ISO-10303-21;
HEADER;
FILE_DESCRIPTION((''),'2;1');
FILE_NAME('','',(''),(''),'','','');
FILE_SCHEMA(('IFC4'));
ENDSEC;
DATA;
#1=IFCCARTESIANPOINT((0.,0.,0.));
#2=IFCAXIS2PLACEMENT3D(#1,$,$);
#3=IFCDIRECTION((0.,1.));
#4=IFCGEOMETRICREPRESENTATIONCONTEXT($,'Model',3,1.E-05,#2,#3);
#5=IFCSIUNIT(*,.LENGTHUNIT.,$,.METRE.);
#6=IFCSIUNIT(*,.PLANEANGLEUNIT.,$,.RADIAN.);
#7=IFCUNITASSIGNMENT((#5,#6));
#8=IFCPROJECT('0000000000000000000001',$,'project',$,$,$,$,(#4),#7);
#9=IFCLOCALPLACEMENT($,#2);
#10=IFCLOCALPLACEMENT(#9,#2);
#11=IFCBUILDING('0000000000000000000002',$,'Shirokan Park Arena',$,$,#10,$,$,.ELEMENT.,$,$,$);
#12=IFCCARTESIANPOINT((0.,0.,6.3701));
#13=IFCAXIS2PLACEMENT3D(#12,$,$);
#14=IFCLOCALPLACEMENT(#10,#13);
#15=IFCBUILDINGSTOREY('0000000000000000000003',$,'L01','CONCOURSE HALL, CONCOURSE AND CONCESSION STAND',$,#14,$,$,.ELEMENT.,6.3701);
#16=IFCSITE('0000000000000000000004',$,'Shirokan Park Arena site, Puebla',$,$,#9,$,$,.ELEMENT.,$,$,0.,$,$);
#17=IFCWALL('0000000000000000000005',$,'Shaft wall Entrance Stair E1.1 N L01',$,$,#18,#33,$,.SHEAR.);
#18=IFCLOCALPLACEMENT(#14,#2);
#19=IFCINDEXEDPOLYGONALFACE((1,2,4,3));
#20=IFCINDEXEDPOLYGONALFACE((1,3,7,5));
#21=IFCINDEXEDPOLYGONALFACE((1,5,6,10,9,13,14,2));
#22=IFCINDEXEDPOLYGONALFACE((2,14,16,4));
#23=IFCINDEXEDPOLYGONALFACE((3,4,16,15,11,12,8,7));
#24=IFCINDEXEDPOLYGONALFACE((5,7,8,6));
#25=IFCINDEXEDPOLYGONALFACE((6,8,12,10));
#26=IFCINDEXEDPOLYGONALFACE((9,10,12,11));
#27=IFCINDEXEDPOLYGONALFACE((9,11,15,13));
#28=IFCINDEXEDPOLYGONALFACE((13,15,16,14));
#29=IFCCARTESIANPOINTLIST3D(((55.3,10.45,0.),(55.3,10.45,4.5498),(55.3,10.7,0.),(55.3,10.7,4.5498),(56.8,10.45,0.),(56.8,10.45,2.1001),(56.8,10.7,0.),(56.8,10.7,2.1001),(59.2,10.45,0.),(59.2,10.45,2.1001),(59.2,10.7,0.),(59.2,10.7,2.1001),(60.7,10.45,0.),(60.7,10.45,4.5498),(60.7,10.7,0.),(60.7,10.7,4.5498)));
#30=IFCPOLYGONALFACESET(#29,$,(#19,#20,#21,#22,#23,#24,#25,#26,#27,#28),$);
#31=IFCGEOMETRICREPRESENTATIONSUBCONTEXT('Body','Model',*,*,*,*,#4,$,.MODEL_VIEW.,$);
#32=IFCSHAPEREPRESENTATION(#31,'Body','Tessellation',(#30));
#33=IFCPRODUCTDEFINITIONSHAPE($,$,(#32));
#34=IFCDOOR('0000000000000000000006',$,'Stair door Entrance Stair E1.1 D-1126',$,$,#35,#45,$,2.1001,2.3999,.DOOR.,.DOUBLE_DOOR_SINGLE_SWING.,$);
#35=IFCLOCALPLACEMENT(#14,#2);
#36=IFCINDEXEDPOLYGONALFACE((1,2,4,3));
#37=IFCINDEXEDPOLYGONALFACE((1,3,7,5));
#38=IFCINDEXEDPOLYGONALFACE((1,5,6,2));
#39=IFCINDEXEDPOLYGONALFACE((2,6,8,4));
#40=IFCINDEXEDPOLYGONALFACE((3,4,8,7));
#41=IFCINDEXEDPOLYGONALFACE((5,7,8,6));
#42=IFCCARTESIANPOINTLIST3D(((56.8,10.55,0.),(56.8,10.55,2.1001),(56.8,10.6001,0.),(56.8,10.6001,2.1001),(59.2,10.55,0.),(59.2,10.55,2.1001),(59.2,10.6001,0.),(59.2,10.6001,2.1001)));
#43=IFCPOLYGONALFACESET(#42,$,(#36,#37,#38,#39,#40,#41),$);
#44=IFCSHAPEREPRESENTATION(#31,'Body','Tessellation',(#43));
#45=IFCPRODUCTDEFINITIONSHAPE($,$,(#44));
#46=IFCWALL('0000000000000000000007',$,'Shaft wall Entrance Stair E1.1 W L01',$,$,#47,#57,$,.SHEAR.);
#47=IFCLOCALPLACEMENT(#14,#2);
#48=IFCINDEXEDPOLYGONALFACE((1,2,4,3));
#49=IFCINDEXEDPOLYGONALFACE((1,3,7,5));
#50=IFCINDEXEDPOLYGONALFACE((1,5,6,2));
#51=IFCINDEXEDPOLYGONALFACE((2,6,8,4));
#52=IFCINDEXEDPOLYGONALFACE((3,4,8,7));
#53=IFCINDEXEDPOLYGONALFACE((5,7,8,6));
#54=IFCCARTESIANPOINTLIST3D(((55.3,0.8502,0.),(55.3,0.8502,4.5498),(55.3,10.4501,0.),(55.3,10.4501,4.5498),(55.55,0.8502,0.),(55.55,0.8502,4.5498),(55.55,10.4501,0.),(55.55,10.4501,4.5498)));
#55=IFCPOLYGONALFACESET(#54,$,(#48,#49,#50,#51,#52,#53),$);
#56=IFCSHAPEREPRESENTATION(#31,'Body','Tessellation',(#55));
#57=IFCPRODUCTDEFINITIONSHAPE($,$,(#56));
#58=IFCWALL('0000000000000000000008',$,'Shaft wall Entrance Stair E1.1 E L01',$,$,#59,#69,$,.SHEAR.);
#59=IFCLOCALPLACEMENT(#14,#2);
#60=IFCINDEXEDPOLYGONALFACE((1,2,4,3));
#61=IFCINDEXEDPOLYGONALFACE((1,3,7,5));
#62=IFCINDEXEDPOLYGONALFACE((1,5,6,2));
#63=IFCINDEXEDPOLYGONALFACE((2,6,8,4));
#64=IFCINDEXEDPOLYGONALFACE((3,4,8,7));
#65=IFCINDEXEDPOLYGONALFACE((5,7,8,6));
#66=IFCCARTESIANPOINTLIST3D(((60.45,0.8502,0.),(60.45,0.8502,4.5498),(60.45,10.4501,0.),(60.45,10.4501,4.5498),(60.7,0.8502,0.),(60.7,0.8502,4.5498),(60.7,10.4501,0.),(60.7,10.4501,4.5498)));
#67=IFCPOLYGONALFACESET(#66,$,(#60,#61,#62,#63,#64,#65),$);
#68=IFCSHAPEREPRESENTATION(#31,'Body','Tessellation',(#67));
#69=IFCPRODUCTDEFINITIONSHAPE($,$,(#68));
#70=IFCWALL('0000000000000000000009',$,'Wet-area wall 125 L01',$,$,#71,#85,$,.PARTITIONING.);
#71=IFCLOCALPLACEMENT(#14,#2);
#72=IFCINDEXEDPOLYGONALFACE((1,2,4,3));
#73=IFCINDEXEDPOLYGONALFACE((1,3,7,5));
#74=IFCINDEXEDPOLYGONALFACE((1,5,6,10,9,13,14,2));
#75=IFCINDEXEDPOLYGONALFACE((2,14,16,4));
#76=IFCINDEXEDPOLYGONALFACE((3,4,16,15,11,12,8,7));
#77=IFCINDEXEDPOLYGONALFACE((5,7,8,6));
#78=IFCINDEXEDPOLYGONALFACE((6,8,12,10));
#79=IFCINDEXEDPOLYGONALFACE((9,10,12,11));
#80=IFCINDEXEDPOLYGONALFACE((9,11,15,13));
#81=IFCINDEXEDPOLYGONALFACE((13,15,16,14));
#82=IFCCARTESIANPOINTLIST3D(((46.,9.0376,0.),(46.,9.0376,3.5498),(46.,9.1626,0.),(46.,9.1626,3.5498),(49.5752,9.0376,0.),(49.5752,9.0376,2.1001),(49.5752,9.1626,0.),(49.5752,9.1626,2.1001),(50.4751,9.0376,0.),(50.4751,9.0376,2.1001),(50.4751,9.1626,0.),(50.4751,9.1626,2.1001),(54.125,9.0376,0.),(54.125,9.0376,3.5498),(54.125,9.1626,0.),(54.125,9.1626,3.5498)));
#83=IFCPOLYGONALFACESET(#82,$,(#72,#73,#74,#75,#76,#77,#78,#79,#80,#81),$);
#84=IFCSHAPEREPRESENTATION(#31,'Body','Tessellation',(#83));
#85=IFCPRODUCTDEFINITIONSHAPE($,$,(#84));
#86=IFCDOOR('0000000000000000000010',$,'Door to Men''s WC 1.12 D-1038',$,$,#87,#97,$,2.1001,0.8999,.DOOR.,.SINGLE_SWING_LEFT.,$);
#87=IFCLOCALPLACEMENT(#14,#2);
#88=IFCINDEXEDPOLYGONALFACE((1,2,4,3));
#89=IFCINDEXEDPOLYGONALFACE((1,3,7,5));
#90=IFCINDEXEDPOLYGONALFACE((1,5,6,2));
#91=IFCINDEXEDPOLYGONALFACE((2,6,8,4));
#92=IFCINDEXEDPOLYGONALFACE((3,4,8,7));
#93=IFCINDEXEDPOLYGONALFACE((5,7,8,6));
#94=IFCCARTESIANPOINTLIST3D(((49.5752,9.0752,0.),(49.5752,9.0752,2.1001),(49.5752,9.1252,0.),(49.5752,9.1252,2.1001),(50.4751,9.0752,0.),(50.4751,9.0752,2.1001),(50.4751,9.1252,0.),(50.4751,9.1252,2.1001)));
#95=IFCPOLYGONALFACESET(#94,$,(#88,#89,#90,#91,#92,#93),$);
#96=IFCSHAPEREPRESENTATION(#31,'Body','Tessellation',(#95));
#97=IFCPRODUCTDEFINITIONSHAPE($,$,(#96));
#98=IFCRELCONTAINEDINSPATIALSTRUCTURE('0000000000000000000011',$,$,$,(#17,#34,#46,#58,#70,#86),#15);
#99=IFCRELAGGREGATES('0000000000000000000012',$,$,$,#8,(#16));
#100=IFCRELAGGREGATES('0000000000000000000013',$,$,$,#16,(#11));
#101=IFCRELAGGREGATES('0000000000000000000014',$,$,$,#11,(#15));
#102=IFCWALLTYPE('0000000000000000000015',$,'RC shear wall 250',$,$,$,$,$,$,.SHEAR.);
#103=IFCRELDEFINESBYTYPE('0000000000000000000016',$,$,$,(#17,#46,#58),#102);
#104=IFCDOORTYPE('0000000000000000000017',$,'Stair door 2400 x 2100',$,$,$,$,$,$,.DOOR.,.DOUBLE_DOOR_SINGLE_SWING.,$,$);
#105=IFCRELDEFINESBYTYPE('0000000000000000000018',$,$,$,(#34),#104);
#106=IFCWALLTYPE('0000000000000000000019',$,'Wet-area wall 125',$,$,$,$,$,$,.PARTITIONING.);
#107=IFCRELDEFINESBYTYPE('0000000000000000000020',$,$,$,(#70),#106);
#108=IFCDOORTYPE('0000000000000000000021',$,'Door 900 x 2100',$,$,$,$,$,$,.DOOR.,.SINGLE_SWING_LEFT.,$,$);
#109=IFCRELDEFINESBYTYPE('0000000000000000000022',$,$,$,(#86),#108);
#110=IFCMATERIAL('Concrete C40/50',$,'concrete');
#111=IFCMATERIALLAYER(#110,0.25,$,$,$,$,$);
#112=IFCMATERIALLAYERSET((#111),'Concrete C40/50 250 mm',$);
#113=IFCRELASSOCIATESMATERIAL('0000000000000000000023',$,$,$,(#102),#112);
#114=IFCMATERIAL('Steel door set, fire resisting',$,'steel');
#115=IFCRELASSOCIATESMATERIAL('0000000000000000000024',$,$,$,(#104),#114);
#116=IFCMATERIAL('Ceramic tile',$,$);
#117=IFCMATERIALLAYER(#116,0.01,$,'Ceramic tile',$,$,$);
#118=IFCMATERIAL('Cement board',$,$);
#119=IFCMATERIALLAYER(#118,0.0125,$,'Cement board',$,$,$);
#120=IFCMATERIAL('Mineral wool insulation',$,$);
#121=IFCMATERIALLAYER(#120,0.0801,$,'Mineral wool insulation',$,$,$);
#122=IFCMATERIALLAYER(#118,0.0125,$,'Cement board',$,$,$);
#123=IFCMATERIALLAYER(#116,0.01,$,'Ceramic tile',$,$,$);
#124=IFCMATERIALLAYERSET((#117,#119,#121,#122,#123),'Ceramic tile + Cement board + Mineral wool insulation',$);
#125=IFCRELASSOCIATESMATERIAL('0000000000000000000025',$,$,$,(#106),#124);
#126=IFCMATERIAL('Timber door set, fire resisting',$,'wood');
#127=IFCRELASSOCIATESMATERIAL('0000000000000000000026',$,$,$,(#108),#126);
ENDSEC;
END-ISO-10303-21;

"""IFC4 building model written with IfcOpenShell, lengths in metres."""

from ifc_helpers import new_model, si_unit, direction, frame, frame_2d, origin, place, context, subcontext, project, spatial, rectangle, extrude, material, layer, layer_set, type_object, element, fill, save


model = new_model("IFC4")

# Units and contexts
model_context = context("Model", 3, precision=1e-05, world=origin(), true_north=direction((0.0, 1.0)))
body_context = subcontext(model_context, "Body", "Model", "MODEL_VIEW")
ifc_project = project(units=[si_unit("LENGTHUNIT", "METRE"), si_unit("PLANEANGLEUNIT", "RADIAN")], contexts=[model_context])

# Site, building, storey
site_placement = place(None, origin())
site = spatial("IfcSite", under=ifc_project, at=site_placement, Name="Shirokan Park Arena site, Puebla", CompositionType="ELEMENT", RefElevation=0.0)
building_placement = place(site_placement, origin())
building = spatial("IfcBuilding", under=site, at=building_placement, Name="Shirokan Park Arena", CompositionType="ELEMENT")
storey_placement = place(building_placement, frame((0.0, 0.0, 6.3701)))
storey = spatial("IfcBuildingStorey", under=building, at=storey_placement, Name="L01", Description="CONCOURSE HALL, CONCOURSE AND CONCESSION STAND", CompositionType="ELEMENT", Elevation=6.3701)

# Shared definitions
ifc_material_1 = material(Name="Mineral wool insulation")

# Wall, opening, door
ifc_material_2 = material(Name="Concrete C40/50", Category="concrete")
ifc_layer_1 = layer(ifc_material_2, 0.25)
ifc_layer_set_1 = layer_set([ifc_layer_1], Name="Concrete C40/50 250 mm")
wall_type_1 = type_object("IfcWallType", Name="RC shear wall 250", PredefinedType="SHEAR", material=ifc_layer_set_1)
wall_1_placement = place(storey_placement, frame((60.7, 10.575, 0.0), z_axis=(0.0, 0.0, 1.0), x_axis=(-1.0, 0.0, 0.0)))
wall_1 = element("IfcWall", 1, at=wall_1_placement, inside=storey, type_object=wall_type_1, Name="Shaft wall Entrance Stair E1.1 N L01", PredefinedType="SHEAR", context=body_context, shape_type="SweptSolid", body=[
    extrude(rectangle(XDim=5.3999, YDim=0.25, at=frame_2d((2.7, 0.0))), origin(), (0.0, 0.0, 1.0), 4.5498),
])
opening_1_placement = place(wall_1_placement, frame((1.5, 0.0, 0.0)))
opening_1 = element("IfcOpeningElement", 2, at=opening_1_placement, cuts=wall_1, PredefinedType="OPENING", context=body_context, shape_type="SweptSolid", body=[
    extrude(rectangle(XDim=2.3999, YDim=2.1001, at=frame_2d((1.2, 1.05))), frame((0.0, 0.135, 0.0), z_axis=(0.0, -1.0, 0.0), x_axis=(1.0, 0.0, 0.0)), (0.0, 0.0, 1.0), 0.27),
])
ifc_material_3 = material(Name="Steel door set, fire resisting", Category="steel")
door_type_1 = type_object("IfcDoorType", Name="Stair door 2400 x 2100", OperationType="DOUBLE_DOOR_SINGLE_SWING", PredefinedType="DOOR", material=ifc_material_3)
door_1_placement = place(opening_1_placement, origin())
door_1 = element("IfcDoor", 3, at=door_1_placement, inside=storey, type_object=door_type_1, Name="Stair door Entrance Stair E1.1 D-1126", OperationType="DOUBLE_DOOR_SINGLE_SWING", OverallHeight=2.1001, OverallWidth=2.3999, PredefinedType="DOOR", context=body_context, shape_type="SweptSolid", body=[
    extrude(rectangle(XDim=2.3999, YDim=2.1001, at=frame_2d((1.2, 1.05))), frame((0.0, 0.0249, 0.0), z_axis=(0.0, -1.0, 0.0), x_axis=(1.0, 0.0, 0.0)), (0.0, 0.0, 1.0), 0.05),
])
fill(opening_1, door_1)

# Walls
for number, where, z_axis, x_axis, name in (
    (4, (55.425, 10.45, 0.0), (0.0, 0.0, 1.0), (0.0, -1.0, 0.0), "Shaft wall Entrance Stair E1.1 W L01"),
    (5, (60.575, 10.45, 0.0), (0.0, 0.0, 1.0), (0.0, -1.0, 0.0), "Shaft wall Entrance Stair E1.1 E L01"),
):
    element("IfcWall", number, at=place(storey_placement, frame(where, z_axis=z_axis, x_axis=x_axis)), inside=storey, type_object=wall_type_1, Name=name, PredefinedType="SHEAR", context=body_context, shape_type="SweptSolid", body=[
        extrude(rectangle(XDim=9.5999, YDim=0.25, at=frame_2d((4.7998, 0.0))), origin(), (0.0, 0.0, 1.0), 4.5498),
    ])

# Wall, opening, door
ifc_material_4 = material(Name="Ceramic tile")
ifc_layer_2 = layer(ifc_material_4, 0.01, Name="Ceramic tile")
ifc_material_5 = material(Name="Cement board")
ifc_layer_3 = layer(ifc_material_5, 0.0125, Name="Cement board")
ifc_layer_4 = layer(ifc_material_1, 0.0801, Name="Mineral wool insulation")
ifc_layer_5 = layer(ifc_material_5, 0.0125, Name="Cement board")
ifc_layer_6 = layer(ifc_material_4, 0.01, Name="Ceramic tile")
ifc_layer_set_2 = layer_set([ifc_layer_2, ifc_layer_3, ifc_layer_4, ifc_layer_5, ifc_layer_6], Name="Ceramic tile + Cement board + Mineral wool insulation")
wall_type_2 = type_object("IfcWallType", Name="Wet-area wall 125", PredefinedType="PARTITIONING", material=ifc_layer_set_2)
wall_2_placement = place(storey_placement, frame((54.125, 9.1001, 0.0), z_axis=(0.0, 0.0, 1.0), x_axis=(-1.0, 0.0, 0.0)))
wall_2 = element("IfcWall", 6, at=wall_2_placement, inside=storey, type_object=wall_type_2, Name="Wet-area wall 125 L01", PredefinedType="PARTITIONING", context=body_context, shape_type="SweptSolid", body=[
    extrude(rectangle(XDim=8.125, YDim=0.125, at=frame_2d((4.0625, 0.0))), origin(), (0.0, 0.0, 1.0), 3.5498),
])
opening_2_placement = place(wall_2_placement, frame((3.6499, 0.0, 0.0)))
opening_2 = element("IfcOpeningElement", 7, at=opening_2_placement, cuts=wall_2, PredefinedType="OPENING", context=body_context, shape_type="SweptSolid", body=[
    extrude(rectangle(XDim=0.8999, YDim=2.1001, at=frame_2d((0.45, 1.05))), frame((0.0, 0.0725, 0.0), z_axis=(0.0, -1.0, 0.0), x_axis=(1.0, 0.0, 0.0)), (0.0, 0.0, 1.0), 0.145),
])
ifc_material_6 = material(Name="Timber door set, fire resisting", Category="wood")
door_type_2 = type_object("IfcDoorType", Name="Door 900 x 2100", OperationType="SINGLE_SWING_LEFT", PredefinedType="DOOR", material=ifc_material_6)
door_2_placement = place(opening_2_placement, origin())
door_2 = element("IfcDoor", 8, at=door_2_placement, inside=storey, type_object=door_type_2, Name="Door to Men's WC 1.12 D-1038", OperationType="SINGLE_SWING_LEFT", OverallHeight=2.1001, OverallWidth=0.8999, PredefinedType="DOOR", context=body_context, shape_type="SweptSolid", body=[
    extrude(rectangle(XDim=0.8999, YDim=2.1001, at=frame_2d((0.45, 1.05))), frame((0.0, 0.0249, 0.0), z_axis=(0.0, -1.0, 0.0), x_axis=(1.0, 0.0, 0.0)), (0.0, 0.0, 1.0), 0.05),
])
fill(opening_2, door_2)

save(model, "model.ifc")
